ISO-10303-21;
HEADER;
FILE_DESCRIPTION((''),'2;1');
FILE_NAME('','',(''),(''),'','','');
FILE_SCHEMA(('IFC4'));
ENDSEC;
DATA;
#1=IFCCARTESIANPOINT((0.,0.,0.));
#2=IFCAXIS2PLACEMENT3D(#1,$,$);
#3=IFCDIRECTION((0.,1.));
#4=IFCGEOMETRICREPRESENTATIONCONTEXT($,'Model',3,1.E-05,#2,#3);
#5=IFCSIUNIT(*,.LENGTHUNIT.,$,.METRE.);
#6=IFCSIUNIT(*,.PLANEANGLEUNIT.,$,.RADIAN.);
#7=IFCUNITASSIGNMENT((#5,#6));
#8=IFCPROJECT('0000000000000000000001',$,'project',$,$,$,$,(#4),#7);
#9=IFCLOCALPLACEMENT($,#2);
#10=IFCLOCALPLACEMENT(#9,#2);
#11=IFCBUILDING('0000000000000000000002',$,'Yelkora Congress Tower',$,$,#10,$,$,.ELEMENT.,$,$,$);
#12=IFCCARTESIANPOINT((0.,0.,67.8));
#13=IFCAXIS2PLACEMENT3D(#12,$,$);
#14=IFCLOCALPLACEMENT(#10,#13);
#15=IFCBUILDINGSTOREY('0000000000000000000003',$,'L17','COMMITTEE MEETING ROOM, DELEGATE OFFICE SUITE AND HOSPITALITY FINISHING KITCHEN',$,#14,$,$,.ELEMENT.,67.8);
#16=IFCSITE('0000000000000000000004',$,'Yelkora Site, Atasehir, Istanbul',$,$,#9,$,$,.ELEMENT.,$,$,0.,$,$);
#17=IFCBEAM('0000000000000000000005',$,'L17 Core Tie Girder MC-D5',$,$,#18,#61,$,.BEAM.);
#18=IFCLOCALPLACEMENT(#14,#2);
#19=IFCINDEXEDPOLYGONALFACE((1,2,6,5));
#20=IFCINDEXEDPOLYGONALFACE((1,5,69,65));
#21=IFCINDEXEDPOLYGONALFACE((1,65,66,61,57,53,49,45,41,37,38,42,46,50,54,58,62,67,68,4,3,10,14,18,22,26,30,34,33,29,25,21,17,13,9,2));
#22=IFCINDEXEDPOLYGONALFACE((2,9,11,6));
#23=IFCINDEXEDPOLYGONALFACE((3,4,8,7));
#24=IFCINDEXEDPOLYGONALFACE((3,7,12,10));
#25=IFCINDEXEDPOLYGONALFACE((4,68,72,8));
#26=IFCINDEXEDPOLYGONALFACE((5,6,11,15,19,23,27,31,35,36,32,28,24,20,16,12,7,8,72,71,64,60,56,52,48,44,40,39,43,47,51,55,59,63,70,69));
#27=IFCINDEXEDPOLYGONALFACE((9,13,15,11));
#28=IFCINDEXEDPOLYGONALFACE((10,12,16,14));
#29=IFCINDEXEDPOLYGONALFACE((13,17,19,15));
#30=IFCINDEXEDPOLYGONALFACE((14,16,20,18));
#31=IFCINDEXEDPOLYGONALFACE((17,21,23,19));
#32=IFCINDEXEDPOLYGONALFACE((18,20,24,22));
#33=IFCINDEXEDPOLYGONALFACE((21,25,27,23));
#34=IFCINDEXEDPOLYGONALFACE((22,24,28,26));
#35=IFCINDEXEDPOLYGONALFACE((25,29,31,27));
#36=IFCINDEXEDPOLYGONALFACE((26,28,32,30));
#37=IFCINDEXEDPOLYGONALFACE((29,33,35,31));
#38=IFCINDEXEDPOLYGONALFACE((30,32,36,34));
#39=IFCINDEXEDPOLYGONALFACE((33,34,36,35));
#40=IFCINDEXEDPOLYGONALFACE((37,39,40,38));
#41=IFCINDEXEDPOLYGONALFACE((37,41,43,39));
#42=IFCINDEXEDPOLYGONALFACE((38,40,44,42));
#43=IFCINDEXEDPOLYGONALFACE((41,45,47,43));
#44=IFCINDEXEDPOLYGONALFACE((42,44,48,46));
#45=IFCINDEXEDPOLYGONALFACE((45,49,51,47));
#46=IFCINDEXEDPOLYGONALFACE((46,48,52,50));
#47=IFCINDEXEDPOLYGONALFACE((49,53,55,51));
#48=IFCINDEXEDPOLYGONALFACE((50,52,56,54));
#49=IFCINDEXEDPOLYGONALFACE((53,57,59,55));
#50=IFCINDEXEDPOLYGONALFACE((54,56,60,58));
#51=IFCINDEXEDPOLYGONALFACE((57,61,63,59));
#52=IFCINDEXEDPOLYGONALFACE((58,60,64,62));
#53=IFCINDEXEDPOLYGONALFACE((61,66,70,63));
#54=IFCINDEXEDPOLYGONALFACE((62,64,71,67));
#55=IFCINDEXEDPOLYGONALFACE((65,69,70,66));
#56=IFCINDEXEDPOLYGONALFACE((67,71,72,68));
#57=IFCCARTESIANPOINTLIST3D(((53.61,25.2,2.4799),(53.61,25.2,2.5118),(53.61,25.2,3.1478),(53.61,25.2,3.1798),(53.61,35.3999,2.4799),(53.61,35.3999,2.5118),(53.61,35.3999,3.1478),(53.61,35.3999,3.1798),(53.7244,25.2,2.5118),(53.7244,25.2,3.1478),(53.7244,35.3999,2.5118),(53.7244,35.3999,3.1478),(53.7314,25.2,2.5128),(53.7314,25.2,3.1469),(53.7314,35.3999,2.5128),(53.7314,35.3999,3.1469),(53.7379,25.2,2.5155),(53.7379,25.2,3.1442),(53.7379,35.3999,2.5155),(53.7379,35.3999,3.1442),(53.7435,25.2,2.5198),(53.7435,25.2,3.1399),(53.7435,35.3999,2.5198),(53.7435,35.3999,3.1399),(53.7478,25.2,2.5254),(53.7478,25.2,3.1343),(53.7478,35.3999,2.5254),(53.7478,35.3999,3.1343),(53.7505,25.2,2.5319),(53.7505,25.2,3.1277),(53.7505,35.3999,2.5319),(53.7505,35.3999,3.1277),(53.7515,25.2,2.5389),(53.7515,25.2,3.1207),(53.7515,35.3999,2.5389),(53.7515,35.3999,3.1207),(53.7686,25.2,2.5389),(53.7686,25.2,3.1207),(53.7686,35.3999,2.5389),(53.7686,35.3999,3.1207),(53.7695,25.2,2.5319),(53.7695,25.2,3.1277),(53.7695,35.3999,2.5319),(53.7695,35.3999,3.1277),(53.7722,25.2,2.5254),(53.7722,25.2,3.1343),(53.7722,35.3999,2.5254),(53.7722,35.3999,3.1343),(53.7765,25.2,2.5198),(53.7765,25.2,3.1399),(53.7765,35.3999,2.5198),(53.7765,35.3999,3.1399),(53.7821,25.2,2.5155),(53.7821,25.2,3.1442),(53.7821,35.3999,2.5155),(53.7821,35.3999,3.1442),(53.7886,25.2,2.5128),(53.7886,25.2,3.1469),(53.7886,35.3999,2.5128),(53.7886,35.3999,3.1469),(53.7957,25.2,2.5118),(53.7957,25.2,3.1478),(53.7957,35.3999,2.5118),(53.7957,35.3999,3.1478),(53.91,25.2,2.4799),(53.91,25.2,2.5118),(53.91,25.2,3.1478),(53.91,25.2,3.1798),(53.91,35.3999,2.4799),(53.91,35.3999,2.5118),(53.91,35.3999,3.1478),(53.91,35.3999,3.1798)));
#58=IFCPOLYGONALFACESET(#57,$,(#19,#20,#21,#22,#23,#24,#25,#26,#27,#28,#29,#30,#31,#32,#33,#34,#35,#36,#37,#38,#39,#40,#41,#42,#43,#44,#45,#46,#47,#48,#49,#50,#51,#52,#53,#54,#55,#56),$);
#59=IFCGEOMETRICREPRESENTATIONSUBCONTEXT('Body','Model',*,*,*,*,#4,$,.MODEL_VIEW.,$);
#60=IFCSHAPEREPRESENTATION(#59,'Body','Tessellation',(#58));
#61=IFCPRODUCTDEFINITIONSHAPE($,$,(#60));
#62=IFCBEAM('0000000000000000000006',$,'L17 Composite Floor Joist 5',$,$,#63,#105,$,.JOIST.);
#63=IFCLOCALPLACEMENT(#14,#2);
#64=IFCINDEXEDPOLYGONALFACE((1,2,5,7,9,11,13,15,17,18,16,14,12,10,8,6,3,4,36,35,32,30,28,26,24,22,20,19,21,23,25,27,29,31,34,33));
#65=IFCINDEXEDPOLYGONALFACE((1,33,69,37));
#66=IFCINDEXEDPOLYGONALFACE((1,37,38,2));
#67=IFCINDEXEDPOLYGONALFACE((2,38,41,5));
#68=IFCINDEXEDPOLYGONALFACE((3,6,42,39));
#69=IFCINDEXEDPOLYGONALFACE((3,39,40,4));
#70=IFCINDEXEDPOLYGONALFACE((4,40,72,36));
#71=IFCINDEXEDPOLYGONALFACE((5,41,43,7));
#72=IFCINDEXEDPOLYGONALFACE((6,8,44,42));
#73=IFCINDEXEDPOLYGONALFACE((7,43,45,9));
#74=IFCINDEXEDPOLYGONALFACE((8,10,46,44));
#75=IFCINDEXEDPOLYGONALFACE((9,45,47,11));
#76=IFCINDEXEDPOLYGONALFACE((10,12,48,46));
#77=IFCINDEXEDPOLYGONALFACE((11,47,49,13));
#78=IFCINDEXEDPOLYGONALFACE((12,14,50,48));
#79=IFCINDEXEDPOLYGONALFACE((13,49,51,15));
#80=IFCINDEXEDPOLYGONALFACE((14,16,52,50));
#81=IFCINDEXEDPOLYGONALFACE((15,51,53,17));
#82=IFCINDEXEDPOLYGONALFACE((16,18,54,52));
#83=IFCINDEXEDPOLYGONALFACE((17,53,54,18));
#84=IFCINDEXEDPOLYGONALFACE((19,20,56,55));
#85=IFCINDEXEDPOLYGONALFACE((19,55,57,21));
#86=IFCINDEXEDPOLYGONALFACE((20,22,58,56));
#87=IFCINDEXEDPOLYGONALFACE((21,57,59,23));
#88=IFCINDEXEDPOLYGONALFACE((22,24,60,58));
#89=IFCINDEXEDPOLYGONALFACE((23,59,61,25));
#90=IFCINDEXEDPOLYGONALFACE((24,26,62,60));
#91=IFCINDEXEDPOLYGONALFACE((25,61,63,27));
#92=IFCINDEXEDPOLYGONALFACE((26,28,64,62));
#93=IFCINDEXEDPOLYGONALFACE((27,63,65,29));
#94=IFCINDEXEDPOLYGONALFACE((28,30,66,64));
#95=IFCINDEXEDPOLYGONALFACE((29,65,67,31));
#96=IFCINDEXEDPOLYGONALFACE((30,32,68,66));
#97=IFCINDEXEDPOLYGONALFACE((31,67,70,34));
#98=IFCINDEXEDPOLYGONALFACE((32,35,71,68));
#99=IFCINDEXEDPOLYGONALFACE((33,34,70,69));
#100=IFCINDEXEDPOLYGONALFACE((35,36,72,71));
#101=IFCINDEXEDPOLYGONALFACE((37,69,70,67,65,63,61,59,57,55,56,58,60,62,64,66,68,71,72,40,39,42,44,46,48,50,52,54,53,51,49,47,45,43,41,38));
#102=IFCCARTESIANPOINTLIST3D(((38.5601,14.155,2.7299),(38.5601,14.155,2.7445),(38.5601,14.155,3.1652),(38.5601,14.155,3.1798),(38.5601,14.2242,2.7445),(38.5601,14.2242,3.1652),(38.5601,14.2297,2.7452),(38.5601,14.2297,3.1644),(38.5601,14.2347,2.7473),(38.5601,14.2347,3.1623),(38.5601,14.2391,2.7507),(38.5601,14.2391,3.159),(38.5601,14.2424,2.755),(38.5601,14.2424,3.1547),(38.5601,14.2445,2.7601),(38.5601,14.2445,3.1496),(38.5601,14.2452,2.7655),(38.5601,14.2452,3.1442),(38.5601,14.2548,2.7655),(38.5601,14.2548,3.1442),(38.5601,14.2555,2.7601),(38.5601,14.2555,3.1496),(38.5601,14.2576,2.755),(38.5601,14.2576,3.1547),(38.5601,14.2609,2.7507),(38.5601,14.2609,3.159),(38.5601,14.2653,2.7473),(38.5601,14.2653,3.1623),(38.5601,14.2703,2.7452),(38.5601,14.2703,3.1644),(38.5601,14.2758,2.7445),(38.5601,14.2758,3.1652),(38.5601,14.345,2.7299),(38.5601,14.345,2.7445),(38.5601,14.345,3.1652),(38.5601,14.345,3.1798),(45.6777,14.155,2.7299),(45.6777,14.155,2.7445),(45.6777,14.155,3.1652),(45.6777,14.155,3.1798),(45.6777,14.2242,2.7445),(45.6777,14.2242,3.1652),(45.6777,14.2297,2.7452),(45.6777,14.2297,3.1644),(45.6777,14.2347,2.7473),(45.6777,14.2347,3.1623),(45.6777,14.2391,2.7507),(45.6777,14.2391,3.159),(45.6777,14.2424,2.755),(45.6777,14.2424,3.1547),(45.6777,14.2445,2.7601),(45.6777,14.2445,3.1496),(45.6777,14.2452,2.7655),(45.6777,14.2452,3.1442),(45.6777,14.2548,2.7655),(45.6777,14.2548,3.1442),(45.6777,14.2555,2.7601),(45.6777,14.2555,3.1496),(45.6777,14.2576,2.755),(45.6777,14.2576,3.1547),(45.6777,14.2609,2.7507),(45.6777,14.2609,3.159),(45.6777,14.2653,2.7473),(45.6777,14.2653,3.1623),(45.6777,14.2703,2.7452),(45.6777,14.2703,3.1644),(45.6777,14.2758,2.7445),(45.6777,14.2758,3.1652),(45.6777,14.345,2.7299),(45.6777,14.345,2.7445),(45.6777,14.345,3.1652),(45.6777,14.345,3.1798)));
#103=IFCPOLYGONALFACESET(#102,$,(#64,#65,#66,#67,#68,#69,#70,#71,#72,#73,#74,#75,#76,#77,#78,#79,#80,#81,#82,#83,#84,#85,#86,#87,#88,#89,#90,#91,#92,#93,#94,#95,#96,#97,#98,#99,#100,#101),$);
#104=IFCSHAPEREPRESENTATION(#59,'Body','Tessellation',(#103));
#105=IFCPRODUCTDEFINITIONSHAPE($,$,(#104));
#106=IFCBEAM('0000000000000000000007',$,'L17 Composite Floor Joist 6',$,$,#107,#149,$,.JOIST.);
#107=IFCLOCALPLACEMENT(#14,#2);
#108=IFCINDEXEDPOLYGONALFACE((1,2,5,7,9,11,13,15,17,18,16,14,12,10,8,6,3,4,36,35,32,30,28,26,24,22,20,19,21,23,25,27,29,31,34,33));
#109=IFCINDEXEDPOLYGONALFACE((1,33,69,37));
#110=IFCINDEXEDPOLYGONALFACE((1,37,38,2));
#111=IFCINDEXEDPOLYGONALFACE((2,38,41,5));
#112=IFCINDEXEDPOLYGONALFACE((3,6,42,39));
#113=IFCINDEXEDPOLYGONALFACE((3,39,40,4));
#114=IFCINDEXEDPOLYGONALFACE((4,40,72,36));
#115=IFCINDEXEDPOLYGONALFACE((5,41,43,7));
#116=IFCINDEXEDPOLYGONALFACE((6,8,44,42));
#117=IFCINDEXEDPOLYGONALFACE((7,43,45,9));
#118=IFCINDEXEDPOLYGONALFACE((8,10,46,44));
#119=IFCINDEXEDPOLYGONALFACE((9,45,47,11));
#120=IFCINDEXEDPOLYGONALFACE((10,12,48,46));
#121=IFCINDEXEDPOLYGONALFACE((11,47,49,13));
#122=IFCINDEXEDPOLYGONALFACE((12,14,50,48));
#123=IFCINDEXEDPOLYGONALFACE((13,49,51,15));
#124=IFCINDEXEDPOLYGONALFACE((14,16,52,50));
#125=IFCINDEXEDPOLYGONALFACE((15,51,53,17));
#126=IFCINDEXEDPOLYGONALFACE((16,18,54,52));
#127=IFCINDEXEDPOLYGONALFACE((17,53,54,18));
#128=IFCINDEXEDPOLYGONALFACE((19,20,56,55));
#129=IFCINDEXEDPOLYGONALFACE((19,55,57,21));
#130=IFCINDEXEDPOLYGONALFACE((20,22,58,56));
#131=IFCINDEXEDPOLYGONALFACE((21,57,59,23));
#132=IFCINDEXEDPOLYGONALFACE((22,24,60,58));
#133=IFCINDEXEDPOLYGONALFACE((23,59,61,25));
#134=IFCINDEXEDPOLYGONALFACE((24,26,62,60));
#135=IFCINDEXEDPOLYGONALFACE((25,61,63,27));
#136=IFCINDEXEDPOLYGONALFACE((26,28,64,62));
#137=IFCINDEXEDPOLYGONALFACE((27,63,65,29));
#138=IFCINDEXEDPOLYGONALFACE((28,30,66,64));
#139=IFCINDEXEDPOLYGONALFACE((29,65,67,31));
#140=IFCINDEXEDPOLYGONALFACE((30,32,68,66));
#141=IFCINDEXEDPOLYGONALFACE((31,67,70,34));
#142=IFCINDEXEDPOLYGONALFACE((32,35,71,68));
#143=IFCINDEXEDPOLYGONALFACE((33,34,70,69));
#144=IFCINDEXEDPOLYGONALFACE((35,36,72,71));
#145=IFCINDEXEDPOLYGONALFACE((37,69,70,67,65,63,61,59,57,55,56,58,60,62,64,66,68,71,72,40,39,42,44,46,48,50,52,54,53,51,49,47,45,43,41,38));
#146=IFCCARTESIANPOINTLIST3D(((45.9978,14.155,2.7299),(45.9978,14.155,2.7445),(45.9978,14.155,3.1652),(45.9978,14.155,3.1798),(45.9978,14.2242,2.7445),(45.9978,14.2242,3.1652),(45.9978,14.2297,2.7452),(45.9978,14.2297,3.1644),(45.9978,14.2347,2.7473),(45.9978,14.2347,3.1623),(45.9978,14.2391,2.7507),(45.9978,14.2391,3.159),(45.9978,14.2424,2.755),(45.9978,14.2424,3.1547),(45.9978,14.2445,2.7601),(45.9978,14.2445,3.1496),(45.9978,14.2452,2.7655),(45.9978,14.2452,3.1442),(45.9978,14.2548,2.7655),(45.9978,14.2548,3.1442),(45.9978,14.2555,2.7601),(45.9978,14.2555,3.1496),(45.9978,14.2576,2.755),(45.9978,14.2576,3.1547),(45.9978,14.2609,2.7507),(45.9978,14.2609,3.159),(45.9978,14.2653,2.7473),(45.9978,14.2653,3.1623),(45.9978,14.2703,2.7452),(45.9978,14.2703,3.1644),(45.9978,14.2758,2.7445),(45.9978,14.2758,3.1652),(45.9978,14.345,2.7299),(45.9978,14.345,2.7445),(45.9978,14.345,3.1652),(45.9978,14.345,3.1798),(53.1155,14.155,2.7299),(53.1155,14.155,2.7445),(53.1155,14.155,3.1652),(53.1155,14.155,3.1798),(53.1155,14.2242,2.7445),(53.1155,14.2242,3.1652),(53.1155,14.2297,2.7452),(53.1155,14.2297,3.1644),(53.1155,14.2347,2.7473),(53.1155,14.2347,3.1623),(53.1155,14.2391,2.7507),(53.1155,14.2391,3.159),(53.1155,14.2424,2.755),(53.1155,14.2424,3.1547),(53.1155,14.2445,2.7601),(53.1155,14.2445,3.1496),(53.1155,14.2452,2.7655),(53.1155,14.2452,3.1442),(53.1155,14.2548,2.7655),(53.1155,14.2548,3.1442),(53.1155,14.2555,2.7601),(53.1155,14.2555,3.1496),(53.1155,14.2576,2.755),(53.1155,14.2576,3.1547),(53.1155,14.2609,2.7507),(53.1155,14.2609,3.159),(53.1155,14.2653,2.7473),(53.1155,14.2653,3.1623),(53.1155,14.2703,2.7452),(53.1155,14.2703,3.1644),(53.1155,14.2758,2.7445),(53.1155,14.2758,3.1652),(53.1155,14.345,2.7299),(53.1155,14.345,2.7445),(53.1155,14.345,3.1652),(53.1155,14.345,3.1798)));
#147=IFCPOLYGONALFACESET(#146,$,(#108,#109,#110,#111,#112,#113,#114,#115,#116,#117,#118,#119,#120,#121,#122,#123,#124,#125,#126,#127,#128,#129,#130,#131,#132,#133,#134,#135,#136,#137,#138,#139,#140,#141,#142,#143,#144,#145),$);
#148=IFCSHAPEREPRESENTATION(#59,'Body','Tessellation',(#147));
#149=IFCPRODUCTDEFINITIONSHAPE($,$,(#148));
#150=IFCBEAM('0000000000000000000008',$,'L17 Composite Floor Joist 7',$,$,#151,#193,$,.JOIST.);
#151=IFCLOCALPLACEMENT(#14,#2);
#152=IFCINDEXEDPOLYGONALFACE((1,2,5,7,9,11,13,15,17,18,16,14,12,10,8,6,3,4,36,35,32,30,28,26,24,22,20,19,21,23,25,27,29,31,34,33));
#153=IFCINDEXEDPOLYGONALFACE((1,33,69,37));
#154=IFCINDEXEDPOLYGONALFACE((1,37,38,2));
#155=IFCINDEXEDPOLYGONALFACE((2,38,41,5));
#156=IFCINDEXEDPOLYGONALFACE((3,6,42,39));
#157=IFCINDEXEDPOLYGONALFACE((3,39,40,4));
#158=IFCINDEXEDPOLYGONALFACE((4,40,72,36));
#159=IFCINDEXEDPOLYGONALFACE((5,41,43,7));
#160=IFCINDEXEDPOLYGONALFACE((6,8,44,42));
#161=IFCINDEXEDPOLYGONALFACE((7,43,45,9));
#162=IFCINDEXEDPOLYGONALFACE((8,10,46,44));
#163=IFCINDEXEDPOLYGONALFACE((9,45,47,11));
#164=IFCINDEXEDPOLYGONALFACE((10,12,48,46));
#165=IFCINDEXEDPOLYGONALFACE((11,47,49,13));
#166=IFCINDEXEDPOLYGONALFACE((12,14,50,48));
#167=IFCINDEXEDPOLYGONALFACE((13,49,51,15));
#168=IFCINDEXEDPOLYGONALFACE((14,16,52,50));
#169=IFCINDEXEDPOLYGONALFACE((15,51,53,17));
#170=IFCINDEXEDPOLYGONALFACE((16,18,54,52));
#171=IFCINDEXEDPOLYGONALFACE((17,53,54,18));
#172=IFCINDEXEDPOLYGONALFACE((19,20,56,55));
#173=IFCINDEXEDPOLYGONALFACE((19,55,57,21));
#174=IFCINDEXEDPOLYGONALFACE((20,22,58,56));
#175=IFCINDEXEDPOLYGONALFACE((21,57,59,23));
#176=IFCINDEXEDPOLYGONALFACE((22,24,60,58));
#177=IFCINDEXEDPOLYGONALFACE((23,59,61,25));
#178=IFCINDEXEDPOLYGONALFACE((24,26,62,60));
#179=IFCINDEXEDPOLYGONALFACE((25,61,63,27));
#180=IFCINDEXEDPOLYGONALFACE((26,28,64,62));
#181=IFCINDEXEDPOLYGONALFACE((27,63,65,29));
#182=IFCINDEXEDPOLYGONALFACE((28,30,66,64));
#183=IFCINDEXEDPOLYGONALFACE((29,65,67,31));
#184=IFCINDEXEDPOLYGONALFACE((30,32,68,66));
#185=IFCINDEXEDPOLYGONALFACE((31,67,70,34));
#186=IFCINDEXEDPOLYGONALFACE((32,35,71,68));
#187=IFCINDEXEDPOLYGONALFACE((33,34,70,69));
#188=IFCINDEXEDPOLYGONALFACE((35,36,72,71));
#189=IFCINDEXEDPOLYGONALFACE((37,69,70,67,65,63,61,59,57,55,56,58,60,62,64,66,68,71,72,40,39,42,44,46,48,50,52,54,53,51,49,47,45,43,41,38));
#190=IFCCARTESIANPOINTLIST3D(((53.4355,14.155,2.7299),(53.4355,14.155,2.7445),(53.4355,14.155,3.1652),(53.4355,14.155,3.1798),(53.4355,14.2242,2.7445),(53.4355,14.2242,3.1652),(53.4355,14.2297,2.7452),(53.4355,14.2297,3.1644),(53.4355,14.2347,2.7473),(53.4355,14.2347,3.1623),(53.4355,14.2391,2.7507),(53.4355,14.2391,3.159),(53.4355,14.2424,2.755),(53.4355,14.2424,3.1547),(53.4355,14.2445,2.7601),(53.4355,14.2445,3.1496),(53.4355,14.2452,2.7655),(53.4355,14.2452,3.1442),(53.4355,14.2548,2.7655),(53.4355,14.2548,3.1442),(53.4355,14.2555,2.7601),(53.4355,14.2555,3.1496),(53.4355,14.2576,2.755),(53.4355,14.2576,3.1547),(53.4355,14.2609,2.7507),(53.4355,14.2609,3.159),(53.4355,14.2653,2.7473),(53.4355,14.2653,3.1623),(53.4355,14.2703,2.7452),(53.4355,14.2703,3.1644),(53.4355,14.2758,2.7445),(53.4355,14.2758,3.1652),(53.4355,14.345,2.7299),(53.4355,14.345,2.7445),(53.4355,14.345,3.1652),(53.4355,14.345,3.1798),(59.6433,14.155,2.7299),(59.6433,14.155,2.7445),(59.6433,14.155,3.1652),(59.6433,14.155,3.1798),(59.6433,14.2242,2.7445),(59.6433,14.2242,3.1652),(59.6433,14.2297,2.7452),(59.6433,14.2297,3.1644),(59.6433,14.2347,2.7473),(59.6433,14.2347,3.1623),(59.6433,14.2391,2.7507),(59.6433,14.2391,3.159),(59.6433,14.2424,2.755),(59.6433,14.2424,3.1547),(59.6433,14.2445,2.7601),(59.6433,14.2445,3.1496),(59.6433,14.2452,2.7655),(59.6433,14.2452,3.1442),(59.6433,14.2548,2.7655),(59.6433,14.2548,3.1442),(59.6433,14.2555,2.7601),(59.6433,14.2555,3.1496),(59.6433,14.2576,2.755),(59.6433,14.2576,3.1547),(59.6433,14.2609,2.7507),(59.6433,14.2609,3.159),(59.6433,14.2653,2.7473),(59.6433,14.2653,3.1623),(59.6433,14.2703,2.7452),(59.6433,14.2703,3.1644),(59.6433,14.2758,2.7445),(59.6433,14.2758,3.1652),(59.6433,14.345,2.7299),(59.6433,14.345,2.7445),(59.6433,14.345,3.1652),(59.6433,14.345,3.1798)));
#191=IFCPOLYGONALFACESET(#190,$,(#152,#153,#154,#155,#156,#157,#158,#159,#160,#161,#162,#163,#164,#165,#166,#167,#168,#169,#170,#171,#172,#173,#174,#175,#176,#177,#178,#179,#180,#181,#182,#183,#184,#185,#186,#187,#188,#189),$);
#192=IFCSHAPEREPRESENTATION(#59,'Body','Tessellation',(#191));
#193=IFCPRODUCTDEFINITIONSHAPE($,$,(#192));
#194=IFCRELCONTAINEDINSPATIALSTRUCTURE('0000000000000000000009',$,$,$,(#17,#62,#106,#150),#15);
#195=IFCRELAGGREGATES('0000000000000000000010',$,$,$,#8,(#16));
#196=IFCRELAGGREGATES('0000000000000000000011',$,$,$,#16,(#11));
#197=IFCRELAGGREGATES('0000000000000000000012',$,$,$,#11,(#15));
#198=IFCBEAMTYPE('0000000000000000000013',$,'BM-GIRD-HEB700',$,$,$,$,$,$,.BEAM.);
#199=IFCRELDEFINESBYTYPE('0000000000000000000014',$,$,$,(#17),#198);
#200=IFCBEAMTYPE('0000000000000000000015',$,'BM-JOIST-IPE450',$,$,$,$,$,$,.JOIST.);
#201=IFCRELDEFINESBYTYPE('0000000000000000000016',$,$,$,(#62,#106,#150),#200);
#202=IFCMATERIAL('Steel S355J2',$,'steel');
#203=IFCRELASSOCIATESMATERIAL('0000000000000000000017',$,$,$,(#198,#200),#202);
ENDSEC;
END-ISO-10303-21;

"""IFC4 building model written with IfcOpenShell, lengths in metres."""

from ifc_helpers import new_model, si_unit, direction, frame, origin, origin_2d, place, context, subcontext, project, spatial, i_section, extrude, material, material_profile, profile_set, type_object, element, save


model = new_model("IFC4")

# Units and contexts
model_context = context("Model", 3, precision=1e-05, world=origin(), true_north=direction((0.0, 1.0)))
body_context = subcontext(model_context, "Body", "Model", "MODEL_VIEW")
ifc_project = project(units=[si_unit("LENGTHUNIT", "METRE"), si_unit("PLANEANGLEUNIT", "RADIAN")], contexts=[model_context])

# Site, building, storey
site_placement = place(None, origin())
site = spatial("IfcSite", under=ifc_project, at=site_placement, Name="Yelkora Site, Atasehir, Istanbul", CompositionType="ELEMENT", RefElevation=0.0)
building_placement = place(site_placement, origin())
building = spatial("IfcBuilding", under=site, at=building_placement, Name="Yelkora Congress Tower", CompositionType="ELEMENT")
storey_placement = place(building_placement, frame((0.0, 0.0, 67.8)))
storey = spatial("IfcBuildingStorey", under=building, at=storey_placement, Name="L17", Description="COMMITTEE MEETING ROOM, DELEGATE OFFICE SUITE AND HOSPITALITY FINISHING KITCHEN", CompositionType="ELEMENT", Elevation=67.8)

# Beams
ifc_material_1 = material(Name="Steel S355J2", Category="steel")
ifc_material_profile_1 = material_profile(ifc_material_1, i_section(OverallWidth=0.3, OverallDepth=0.7, WebThickness=0.0171, FlangeThickness=0.032, FilletRadius=0.0271, at=origin_2d()), Name="HEB 700")
ifc_profile_set_1 = profile_set([ifc_material_profile_1], Name="Steel S355J2")
beam_type_1 = type_object("IfcBeamType", Name="BM-GIRD-HEB700", PredefinedType="BEAM", material=ifc_profile_set_1)
for number, where, z_axis, x_axis, name in (
    (1, (53.76, 25.2, 2.8298), (0.0, 1.0, 0.0), (-1.0, 0.0, 0.0), "L17 Core Tie Girder MC-D5"),
):
    element("IfcBeam", number, at=place(storey_placement, frame(where, z_axis=z_axis, x_axis=x_axis)), inside=storey, type_object=beam_type_1, Name=name, PredefinedType="BEAM", context=body_context, shape_type="SweptSolid", body=[
        extrude(i_section(OverallWidth=0.3, OverallDepth=0.7, WebThickness=0.0171, FlangeThickness=0.032, FilletRadius=0.0271, at=origin_2d()), origin(), (0.0, 0.0, 1.0), 10.2),
    ])
ifc_material_profile_2 = material_profile(ifc_material_1, i_section(OverallWidth=0.1899, OverallDepth=0.45, WebThickness=0.0095, FlangeThickness=0.0146, FilletRadius=0.021, at=origin_2d()), Name="IPE 450")
ifc_profile_set_2 = profile_set([ifc_material_profile_2], Name="Steel S355J2")
beam_type_2 = type_object("IfcBeamType", Name="BM-JOIST-IPE450", PredefinedType="JOIST", material=ifc_profile_set_2)
for number, where, z_axis, x_axis, name in (
    (2, (38.5601, 14.25, 2.9548), (1.0, 0.0, 0.0), (0.0, 1.0, 0.0), "L17 Composite Floor Joist 5"),
    (3, (45.9978, 14.25, 2.9548), (1.0, 0.0, 0.0), (0.0, 1.0, 0.0), "L17 Composite Floor Joist 6"),
):
    element("IfcBeam", number, at=place(storey_placement, frame(where, z_axis=z_axis, x_axis=x_axis)), inside=storey, type_object=beam_type_2, Name=name, PredefinedType="JOIST", context=body_context, shape_type="SweptSolid", body=[
        extrude(i_section(OverallWidth=0.1899, OverallDepth=0.45, WebThickness=0.0095, FlangeThickness=0.0146, FilletRadius=0.021, at=origin_2d()), origin(), (0.0, 0.0, 1.0), 7.1177),
    ])
beam_1_placement = place(storey_placement, frame((53.4355, 14.25, 2.9548), z_axis=(1.0, 0.0, 0.0), x_axis=(0.0, 1.0, 0.0)))
element("IfcBeam", 4, at=beam_1_placement, inside=storey, type_object=beam_type_2, Name="L17 Composite Floor Joist 7", PredefinedType="JOIST", context=body_context, shape_type="SweptSolid", body=[
    extrude(i_section(OverallWidth=0.1899, OverallDepth=0.45, WebThickness=0.0095, FlangeThickness=0.0146, FilletRadius=0.021, at=origin_2d()), origin(), (0.0, 0.0, 1.0), 6.2078),
])

save(model, "model.ifc")
